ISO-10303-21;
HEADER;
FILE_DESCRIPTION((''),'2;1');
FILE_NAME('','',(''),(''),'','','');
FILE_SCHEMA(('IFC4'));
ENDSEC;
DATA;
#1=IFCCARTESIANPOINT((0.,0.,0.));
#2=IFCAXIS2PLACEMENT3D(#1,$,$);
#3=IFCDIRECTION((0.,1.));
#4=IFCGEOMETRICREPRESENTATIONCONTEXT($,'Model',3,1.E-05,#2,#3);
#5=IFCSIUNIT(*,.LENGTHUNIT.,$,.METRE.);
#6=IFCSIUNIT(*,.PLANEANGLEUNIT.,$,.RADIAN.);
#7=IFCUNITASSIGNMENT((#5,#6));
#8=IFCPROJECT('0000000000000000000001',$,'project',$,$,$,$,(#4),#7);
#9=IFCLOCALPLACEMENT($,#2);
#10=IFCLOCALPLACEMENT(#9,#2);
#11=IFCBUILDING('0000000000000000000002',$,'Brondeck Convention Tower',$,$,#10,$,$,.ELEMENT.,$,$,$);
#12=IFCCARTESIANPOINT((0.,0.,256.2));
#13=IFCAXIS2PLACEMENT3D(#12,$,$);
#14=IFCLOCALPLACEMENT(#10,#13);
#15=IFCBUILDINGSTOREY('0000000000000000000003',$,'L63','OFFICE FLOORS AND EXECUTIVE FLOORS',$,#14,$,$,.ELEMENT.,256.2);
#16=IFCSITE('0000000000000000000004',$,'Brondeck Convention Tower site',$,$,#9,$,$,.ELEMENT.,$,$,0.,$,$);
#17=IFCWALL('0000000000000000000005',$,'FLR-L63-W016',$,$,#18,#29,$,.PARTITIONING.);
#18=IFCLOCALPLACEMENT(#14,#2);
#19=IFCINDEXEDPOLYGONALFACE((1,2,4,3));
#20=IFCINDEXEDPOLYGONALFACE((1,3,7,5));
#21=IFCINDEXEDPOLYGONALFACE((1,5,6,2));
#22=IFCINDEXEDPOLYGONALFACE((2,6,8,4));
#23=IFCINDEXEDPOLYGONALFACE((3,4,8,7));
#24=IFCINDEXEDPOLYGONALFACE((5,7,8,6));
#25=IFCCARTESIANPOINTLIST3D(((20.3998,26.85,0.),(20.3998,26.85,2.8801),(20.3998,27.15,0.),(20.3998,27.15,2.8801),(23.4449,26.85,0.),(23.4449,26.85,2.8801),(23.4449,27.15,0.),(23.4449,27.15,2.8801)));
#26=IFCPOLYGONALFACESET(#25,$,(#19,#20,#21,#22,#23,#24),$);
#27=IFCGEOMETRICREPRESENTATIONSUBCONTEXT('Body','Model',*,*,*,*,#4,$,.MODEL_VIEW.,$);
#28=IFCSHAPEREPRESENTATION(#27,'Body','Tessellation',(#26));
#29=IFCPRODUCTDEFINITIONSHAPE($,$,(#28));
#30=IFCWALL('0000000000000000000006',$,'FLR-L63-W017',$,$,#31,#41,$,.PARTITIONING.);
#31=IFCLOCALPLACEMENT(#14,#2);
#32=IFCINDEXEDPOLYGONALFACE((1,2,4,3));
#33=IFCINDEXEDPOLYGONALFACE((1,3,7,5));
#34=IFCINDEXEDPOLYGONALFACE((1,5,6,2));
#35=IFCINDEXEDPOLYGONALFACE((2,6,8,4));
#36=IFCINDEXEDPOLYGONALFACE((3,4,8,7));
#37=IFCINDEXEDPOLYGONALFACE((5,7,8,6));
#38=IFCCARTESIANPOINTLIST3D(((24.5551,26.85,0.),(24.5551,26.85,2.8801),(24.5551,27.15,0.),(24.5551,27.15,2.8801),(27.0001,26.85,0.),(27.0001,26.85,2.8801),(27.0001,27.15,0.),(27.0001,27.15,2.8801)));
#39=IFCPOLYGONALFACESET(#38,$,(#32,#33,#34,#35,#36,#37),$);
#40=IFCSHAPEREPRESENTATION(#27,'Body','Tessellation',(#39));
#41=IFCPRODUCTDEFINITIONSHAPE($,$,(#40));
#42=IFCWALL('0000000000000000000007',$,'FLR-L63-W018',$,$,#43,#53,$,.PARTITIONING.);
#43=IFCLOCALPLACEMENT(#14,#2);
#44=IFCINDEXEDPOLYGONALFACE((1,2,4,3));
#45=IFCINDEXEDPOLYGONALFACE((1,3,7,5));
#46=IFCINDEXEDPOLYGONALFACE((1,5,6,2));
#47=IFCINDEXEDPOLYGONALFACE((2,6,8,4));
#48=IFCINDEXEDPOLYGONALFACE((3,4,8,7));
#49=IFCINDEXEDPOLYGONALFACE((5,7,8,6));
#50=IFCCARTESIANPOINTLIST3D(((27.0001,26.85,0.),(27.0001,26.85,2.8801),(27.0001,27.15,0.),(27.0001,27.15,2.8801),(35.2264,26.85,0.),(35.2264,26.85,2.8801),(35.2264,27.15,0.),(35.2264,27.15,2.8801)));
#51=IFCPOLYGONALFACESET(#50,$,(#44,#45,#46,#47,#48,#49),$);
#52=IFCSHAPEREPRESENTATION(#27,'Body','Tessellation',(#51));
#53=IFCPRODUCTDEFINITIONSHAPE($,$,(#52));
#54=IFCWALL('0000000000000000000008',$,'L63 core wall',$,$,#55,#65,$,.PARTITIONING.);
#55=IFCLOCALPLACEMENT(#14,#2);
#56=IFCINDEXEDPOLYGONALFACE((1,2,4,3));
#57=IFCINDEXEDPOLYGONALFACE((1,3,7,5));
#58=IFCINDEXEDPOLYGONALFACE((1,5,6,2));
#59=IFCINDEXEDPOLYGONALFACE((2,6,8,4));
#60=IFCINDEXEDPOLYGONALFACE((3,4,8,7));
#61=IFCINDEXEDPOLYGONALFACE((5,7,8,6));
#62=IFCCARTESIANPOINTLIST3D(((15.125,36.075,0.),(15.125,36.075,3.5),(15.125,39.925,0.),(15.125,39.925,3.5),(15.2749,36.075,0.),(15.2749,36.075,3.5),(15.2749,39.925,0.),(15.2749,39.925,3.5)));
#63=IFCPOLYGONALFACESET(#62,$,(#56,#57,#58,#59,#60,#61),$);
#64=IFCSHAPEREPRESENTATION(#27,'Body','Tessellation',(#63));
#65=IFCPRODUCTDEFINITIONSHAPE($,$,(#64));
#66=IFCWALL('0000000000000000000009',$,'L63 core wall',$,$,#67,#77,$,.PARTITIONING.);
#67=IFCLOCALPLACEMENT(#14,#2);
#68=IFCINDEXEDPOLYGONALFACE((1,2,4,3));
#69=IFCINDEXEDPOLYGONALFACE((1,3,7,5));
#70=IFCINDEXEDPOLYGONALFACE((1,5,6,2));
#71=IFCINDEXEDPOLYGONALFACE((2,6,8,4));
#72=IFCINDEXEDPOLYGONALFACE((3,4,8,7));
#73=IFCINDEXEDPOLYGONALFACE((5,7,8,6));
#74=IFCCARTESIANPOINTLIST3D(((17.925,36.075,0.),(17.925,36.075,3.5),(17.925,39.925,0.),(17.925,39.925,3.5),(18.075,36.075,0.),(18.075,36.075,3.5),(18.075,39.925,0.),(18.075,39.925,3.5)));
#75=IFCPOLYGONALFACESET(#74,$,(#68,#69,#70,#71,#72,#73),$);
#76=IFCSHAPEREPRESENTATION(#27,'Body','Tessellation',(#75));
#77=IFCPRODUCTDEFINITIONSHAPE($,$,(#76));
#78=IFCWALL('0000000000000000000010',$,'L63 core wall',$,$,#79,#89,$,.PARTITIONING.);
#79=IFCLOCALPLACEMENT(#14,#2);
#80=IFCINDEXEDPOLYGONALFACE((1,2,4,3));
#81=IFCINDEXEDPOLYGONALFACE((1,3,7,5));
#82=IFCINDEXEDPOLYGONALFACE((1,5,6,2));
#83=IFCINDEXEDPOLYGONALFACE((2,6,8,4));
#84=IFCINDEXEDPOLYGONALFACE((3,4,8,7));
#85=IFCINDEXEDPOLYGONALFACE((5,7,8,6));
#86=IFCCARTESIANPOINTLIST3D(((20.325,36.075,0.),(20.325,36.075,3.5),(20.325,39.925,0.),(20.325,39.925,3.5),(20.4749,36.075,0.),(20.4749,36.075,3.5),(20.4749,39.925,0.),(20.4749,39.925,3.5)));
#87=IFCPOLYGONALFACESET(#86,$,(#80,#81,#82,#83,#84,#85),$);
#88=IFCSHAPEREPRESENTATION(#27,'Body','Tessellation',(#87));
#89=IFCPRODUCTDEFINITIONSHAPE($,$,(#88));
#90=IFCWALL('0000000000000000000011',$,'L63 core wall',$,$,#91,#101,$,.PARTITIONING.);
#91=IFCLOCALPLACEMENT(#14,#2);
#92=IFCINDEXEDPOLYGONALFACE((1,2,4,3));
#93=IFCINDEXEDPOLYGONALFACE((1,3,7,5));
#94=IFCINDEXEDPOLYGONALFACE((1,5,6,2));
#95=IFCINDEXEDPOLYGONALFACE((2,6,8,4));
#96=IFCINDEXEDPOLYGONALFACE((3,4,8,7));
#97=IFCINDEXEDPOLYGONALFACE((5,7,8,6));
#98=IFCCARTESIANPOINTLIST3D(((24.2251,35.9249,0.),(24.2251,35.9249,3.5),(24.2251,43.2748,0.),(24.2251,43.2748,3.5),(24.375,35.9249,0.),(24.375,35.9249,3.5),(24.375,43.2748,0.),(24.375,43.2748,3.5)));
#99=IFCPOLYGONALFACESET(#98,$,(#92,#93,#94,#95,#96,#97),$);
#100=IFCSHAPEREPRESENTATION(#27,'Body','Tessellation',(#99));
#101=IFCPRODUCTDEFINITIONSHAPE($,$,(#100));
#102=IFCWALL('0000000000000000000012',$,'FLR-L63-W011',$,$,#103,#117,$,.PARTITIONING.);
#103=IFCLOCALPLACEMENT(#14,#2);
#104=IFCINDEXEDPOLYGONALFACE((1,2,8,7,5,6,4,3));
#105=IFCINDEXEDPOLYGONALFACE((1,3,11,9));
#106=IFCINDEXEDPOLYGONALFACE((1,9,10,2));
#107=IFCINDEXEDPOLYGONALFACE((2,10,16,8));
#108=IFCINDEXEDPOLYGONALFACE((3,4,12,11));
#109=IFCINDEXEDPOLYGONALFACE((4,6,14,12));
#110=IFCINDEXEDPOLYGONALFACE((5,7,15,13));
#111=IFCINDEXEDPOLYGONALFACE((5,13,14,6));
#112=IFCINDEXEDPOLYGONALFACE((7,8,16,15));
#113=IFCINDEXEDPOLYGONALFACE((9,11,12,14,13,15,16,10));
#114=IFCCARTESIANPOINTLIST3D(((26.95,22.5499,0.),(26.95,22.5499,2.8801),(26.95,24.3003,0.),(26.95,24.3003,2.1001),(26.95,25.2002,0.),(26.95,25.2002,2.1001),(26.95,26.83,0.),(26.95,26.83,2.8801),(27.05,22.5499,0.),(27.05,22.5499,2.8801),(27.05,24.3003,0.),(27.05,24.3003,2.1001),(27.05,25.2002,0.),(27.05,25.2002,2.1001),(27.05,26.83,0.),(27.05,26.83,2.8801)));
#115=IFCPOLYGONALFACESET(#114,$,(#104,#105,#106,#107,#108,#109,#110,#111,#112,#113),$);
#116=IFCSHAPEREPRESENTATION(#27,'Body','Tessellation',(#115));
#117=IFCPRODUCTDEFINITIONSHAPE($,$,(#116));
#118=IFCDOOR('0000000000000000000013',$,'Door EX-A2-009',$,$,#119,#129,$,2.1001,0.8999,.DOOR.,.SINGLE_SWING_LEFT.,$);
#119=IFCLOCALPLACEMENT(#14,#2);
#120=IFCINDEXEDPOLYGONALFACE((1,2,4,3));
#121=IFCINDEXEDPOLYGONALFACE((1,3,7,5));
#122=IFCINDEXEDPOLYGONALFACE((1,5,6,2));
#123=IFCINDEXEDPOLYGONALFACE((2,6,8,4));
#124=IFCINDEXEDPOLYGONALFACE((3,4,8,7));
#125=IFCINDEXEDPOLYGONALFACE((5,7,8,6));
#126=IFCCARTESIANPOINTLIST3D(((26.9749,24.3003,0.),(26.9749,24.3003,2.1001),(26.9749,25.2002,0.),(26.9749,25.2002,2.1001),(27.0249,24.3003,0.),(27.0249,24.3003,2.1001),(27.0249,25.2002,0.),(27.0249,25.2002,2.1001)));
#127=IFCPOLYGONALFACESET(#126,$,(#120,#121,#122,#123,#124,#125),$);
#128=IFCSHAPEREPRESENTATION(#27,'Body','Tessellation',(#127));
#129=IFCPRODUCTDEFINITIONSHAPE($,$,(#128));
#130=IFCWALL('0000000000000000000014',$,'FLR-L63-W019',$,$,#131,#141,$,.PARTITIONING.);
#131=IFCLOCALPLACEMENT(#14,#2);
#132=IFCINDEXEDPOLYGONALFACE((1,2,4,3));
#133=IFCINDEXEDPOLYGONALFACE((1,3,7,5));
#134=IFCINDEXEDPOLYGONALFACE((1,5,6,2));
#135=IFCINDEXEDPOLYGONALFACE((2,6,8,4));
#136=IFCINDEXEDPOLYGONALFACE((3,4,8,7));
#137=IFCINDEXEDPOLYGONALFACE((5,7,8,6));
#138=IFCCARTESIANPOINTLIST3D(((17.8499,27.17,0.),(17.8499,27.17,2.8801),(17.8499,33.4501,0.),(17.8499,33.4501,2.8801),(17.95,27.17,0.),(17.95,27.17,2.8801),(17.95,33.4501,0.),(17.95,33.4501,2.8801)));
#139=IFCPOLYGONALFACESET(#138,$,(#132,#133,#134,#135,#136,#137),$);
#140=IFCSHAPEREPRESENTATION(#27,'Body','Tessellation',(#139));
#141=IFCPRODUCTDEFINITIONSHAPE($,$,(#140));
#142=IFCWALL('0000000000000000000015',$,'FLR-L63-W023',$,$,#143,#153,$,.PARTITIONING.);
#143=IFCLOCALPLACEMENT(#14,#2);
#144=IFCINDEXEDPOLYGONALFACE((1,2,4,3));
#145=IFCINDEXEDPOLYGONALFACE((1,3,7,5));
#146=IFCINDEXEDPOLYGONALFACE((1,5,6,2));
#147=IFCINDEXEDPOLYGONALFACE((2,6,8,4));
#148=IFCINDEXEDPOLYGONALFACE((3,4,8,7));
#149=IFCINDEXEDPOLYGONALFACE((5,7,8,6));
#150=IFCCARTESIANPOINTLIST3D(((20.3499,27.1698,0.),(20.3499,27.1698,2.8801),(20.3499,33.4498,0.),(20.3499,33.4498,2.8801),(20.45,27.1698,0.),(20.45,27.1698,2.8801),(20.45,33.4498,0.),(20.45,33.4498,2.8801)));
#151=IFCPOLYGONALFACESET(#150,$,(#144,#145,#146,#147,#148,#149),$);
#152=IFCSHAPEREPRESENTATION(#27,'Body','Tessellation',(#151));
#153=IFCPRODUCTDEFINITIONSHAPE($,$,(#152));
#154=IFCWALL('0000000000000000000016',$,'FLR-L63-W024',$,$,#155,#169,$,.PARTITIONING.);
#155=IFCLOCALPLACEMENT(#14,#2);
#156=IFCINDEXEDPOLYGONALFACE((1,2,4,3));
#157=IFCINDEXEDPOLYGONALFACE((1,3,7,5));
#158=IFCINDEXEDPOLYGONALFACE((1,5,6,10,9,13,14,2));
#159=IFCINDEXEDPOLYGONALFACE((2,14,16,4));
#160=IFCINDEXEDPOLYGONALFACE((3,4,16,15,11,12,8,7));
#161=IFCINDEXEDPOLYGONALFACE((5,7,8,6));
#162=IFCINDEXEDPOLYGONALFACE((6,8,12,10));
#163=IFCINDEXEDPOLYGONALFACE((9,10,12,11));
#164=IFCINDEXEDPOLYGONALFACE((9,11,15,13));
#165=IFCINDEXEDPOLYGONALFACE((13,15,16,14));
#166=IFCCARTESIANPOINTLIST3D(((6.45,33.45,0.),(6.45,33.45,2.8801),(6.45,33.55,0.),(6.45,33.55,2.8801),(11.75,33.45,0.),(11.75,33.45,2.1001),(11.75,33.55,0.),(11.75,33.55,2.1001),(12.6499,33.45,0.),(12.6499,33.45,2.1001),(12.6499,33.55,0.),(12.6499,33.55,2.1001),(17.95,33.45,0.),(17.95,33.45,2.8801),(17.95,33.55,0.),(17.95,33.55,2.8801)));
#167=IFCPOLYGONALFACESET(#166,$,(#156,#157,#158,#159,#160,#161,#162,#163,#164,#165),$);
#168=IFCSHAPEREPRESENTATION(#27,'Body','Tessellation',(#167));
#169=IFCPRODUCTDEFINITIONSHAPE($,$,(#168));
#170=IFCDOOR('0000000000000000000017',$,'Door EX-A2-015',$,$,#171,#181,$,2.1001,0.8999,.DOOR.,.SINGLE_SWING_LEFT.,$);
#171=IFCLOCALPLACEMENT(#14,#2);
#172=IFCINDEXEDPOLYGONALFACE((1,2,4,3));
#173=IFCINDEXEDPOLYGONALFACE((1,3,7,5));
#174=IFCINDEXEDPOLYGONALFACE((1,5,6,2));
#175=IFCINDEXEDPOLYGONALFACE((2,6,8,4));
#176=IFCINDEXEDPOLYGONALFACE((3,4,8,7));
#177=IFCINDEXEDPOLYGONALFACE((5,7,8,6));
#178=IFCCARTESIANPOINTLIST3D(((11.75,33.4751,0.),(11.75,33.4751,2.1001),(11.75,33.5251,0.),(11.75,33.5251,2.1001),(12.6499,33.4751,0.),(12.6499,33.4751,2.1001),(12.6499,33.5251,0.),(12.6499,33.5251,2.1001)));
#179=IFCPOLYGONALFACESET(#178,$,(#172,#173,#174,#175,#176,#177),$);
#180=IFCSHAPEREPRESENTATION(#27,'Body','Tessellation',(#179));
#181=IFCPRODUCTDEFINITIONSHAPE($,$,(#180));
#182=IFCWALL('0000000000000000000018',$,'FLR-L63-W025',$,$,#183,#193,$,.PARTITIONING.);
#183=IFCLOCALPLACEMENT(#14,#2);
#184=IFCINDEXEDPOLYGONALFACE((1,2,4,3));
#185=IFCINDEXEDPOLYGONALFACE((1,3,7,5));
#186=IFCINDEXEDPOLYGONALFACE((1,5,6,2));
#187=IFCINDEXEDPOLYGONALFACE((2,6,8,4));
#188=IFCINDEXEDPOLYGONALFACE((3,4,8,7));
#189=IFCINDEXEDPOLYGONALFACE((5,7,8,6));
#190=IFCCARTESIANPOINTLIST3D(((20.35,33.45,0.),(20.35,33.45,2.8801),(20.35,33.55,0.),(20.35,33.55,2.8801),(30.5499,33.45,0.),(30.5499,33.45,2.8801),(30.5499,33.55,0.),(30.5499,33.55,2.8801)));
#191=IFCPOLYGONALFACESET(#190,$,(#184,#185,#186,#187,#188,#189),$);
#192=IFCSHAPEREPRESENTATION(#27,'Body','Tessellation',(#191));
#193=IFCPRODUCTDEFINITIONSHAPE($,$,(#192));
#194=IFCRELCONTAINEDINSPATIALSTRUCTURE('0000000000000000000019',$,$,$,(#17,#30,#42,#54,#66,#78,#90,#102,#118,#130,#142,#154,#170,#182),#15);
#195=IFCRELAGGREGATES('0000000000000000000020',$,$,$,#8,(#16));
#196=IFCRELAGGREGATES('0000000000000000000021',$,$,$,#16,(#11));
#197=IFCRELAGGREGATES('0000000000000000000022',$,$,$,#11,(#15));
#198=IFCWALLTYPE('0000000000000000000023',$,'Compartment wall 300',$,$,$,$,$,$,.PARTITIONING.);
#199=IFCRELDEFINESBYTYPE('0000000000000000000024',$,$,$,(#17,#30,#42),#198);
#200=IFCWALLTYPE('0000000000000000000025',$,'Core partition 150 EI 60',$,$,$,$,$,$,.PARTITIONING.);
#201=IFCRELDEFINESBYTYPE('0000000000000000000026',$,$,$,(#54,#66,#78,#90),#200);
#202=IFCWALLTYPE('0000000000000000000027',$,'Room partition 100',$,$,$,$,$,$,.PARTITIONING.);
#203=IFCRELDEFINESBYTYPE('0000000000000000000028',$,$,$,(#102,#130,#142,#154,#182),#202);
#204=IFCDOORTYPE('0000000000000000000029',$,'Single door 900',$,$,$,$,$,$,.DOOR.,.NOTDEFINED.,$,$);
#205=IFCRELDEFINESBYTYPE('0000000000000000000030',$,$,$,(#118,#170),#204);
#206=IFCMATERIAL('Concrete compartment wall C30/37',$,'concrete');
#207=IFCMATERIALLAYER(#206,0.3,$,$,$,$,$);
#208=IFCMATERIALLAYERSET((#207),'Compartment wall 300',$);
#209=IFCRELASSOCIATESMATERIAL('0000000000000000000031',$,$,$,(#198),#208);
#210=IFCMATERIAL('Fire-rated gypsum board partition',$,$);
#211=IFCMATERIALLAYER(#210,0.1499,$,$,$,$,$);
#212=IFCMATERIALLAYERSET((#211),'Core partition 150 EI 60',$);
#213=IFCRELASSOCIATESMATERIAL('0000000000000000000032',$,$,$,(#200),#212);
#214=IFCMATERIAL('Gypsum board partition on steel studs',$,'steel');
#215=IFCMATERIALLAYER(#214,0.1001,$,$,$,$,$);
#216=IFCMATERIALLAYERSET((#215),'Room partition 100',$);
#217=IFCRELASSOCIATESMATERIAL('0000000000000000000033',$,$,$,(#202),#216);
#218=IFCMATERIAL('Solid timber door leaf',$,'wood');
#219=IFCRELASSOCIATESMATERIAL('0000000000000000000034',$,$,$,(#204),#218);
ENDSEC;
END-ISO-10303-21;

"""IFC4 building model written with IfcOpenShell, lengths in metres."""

from ifc_helpers import new_model, si_unit, direction, frame, frame_2d, origin, place, context, subcontext, project, spatial, rectangle, extrude, material, layer, layer_set, type_object, element, fill, save


model = new_model("IFC4")

# Units and contexts
model_context = context("Model", 3, precision=1e-05, world=origin(), true_north=direction((0.0, 1.0)))
body_context = subcontext(model_context, "Body", "Model", "MODEL_VIEW")
ifc_project = project(units=[si_unit("LENGTHUNIT", "METRE"), si_unit("PLANEANGLEUNIT", "RADIAN")], contexts=[model_context])

# Site, building, storey
site_placement = place(None, origin())
site = spatial("IfcSite", under=ifc_project, at=site_placement, Name="Brondeck Convention Tower site", CompositionType="ELEMENT", RefElevation=0.0)
building_placement = place(site_placement, origin())
building = spatial("IfcBuilding", under=site, at=building_placement, Name="Brondeck Convention Tower", CompositionType="ELEMENT")
storey_placement = place(building_placement, frame((0.0, 0.0, 256.2)))
storey = spatial("IfcBuildingStorey", under=building, at=storey_placement, Name="L63", Description="OFFICE FLOORS AND EXECUTIVE FLOORS", CompositionType="ELEMENT", Elevation=256.2)

# Shared definitions
ifc_material_1 = material(Name="Concrete compartment wall C30/37", Category="concrete")
ifc_layer_1 = layer(ifc_material_1, 0.3)
ifc_layer_set_1 = layer_set([ifc_layer_1], Name="Compartment wall 300")
wall_type_1 = type_object("IfcWallType", Name="Compartment wall 300", PredefinedType="PARTITIONING", material=ifc_layer_set_1)

# Walls
wall_1_placement = place(storey_placement, frame((20.3999, 27.0, 0.0), z_axis=(0.0, 0.0, 1.0), x_axis=(1.0, 0.0, 0.0)))
element("IfcWall", 1, at=wall_1_placement, inside=storey, type_object=wall_type_1, Name="FLR-L63-W016", PredefinedType="PARTITIONING", context=body_context, shape_type="SweptSolid", body=[
    extrude(rectangle(XDim=3.0452, YDim=0.3, at=frame_2d((1.5225, 0.0))), origin(), (0.0, 0.0, 1.0), 2.8801),
])
wall_2_placement = place(storey_placement, frame((24.5549, 27.0, 0.0), z_axis=(0.0, 0.0, 1.0), x_axis=(1.0, 0.0, 0.0)))
element("IfcWall", 2, at=wall_2_placement, inside=storey, type_object=wall_type_1, Name="FLR-L63-W017", PredefinedType="PARTITIONING", context=body_context, shape_type="SweptSolid", body=[
    extrude(rectangle(XDim=2.4451, YDim=0.3, at=frame_2d((1.2227, 0.0))), origin(), (0.0, 0.0, 1.0), 2.8801),
])
wall_3_placement = place(storey_placement, frame((27.0, 27.0, 0.0), z_axis=(0.0, 0.0, 1.0), x_axis=(1.0, 0.0, 0.0)))
element("IfcWall", 3, at=wall_3_placement, inside=storey, type_object=wall_type_1, Name="FLR-L63-W018", PredefinedType="PARTITIONING", context=body_context, shape_type="SweptSolid", body=[
    extrude(rectangle(XDim=8.2263, YDim=0.3, at=frame_2d((4.1133, 0.0))), origin(), (0.0, 0.0, 1.0), 2.8801),
])
ifc_material_2 = material(Name="Fire-rated gypsum board partition")
ifc_layer_2 = layer(ifc_material_2, 0.1499)
ifc_layer_set_2 = layer_set([ifc_layer_2], Name="Core partition 150 EI 60")
wall_type_2 = type_object("IfcWallType", Name="Core partition 150 EI 60", PredefinedType="PARTITIONING", material=ifc_layer_set_2)
for number, where, z_axis, x_axis, name in (
    (4, (15.2, 36.075, 0.0), (0.0, 0.0, 1.0), (0.0, 1.0, 0.0), "L63 core wall"),
    (5, (18.0, 36.075, 0.0), (0.0, 0.0, 1.0), (0.0, 1.0, 0.0), "L63 core wall"),
    (6, (20.3999, 36.075, 0.0), (0.0, 0.0, 1.0), (0.0, 1.0, 0.0), "L63 core wall"),
):
    element("IfcWall", number, at=place(storey_placement, frame(where, z_axis=z_axis, x_axis=x_axis)), inside=storey, type_object=wall_type_2, Name=name, PredefinedType="PARTITIONING", context=body_context, shape_type="SweptSolid", body=[
        extrude(rectangle(XDim=3.8501, YDim=0.1499, at=frame_2d((1.925, 0.0))), origin(), (0.0, 0.0, 1.0), 3.5),
    ])
wall_4_placement = place(storey_placement, frame((24.3, 35.925, 0.0), z_axis=(0.0, 0.0, 1.0), x_axis=(0.0, 1.0, 0.0)))
element("IfcWall", 7, at=wall_4_placement, inside=storey, type_object=wall_type_2, Name="L63 core wall", PredefinedType="PARTITIONING", context=body_context, shape_type="SweptSolid", body=[
    extrude(rectangle(XDim=7.3499, YDim=0.1499, at=frame_2d((3.6748, 0.0))), origin(), (0.0, 0.0, 1.0), 3.5),
])

# Wall, opening, door
ifc_material_3 = material(Name="Gypsum board partition on steel studs", Category="steel")
ifc_layer_3 = layer(ifc_material_3, 0.1001)
ifc_layer_set_3 = layer_set([ifc_layer_3], Name="Room partition 100")
wall_type_3 = type_object("IfcWallType", Name="Room partition 100", PredefinedType="PARTITIONING", material=ifc_layer_set_3)
wall_5_placement = place(storey_placement, frame((27.0, 26.8301, 0.0), z_axis=(0.0, 0.0, 1.0), x_axis=(0.0, -1.0, 0.0)))
wall_5 = element("IfcWall", 8, at=wall_5_placement, inside=storey, type_object=wall_type_3, Name="FLR-L63-W011", PredefinedType="PARTITIONING", context=body_context, shape_type="SweptSolid", body=[
    extrude(rectangle(XDim=4.28, YDim=0.1001, at=frame_2d((2.1401, 0.0))), origin(), (0.0, 0.0, 1.0), 2.8801),
])
opening_1_placement = place(wall_5_placement, frame((1.6299, 0.0, 0.0)))
opening_1 = element("IfcOpeningElement", 9, at=opening_1_placement, cuts=wall_5, PredefinedType="OPENING", context=body_context, shape_type="SweptSolid", body=[
    extrude(rectangle(XDim=0.8999, YDim=2.1001, at=frame_2d((0.45, 1.05))), frame((0.0, 0.0601, 0.0), z_axis=(0.0, -1.0, 0.0), x_axis=(1.0, 0.0, 0.0)), (0.0, 0.0, 1.0), 0.1201),
])
ifc_material_4 = material(Name="Solid timber door leaf", Category="wood")
door_type_1 = type_object("IfcDoorType", Name="Single door 900", OperationType="NOTDEFINED", PredefinedType="DOOR", material=ifc_material_4)
door_1_placement = place(opening_1_placement, origin())
door_1 = element("IfcDoor", 10, at=door_1_placement, inside=storey, type_object=door_type_1, Name="Door EX-A2-009", OperationType="SINGLE_SWING_LEFT", OverallHeight=2.1001, OverallWidth=0.8999, PredefinedType="DOOR", context=body_context, shape_type="SweptSolid", body=[
    extrude(rectangle(XDim=0.8999, YDim=2.1001, at=frame_2d((0.45, 1.05))), frame((0.0, 0.0249, 0.0), z_axis=(0.0, -1.0, 0.0), x_axis=(1.0, 0.0, 0.0)), (0.0, 0.0, 1.0), 0.05),
])
fill(opening_1, door_1)

# Walls
for number, where, z_axis, x_axis, name in (
    (11, (17.8999, 27.1699, 0.0), (0.0, 0.0, 1.0), (0.0, 1.0, 0.0), "FLR-L63-W019"),
    (12, (20.3999, 33.45, 0.0), (0.0, 0.0, 1.0), (0.0, -1.0, 0.0), "FLR-L63-W023"),
):
    element("IfcWall", number, at=place(storey_placement, frame(where, z_axis=z_axis, x_axis=x_axis)), inside=storey, type_object=wall_type_3, Name=name, PredefinedType="PARTITIONING", context=body_context, shape_type="SweptSolid", body=[
        extrude(rectangle(XDim=6.28, YDim=0.1001, at=frame_2d((3.1401, 0.0))), origin(), (0.0, 0.0, 1.0), 2.8801),
    ])

# Wall, opening, door
wall_6_placement = place(storey_placement, frame((17.95, 33.5, 0.0), z_axis=(0.0, 0.0, 1.0), x_axis=(-1.0, 0.0, 0.0)))
wall_6 = element("IfcWall", 13, at=wall_6_placement, inside=storey, type_object=wall_type_3, Name="FLR-L63-W024", PredefinedType="PARTITIONING", context=body_context, shape_type="SweptSolid", body=[
    extrude(rectangle(XDim=11.5, YDim=0.1001, at=frame_2d((5.75, 0.0))), origin(), (0.0, 0.0, 1.0), 2.8801),
])
opening_2_placement = place(wall_6_placement, frame((5.3, 0.0, 0.0)))
opening_2 = element("IfcOpeningElement", 14, at=opening_2_placement, cuts=wall_6, PredefinedType="OPENING", context=body_context, shape_type="SweptSolid", body=[
    extrude(rectangle(XDim=0.8999, YDim=2.1001, at=frame_2d((0.45, 1.05))), frame((0.0, 0.0601, 0.0), z_axis=(0.0, -1.0, 0.0), x_axis=(1.0, 0.0, 0.0)), (0.0, 0.0, 1.0), 0.1201),
])
door_2_placement = place(opening_2_placement, origin())
door_2 = element("IfcDoor", 15, at=door_2_placement, inside=storey, type_object=door_type_1, Name="Door EX-A2-015", OperationType="SINGLE_SWING_LEFT", OverallHeight=2.1001, OverallWidth=0.8999, PredefinedType="DOOR", context=body_context, shape_type="SweptSolid", body=[
    extrude(rectangle(XDim=0.8999, YDim=2.1001, at=frame_2d((0.45, 1.05))), frame((0.0, 0.0249, 0.0), z_axis=(0.0, -1.0, 0.0), x_axis=(1.0, 0.0, 0.0)), (0.0, 0.0, 1.0), 0.05),
])
fill(opening_2, door_2)

# Wall
wall_7_placement = place(storey_placement, frame((30.55, 33.5, 0.0), z_axis=(0.0, 0.0, 1.0), x_axis=(-1.0, 0.0, 0.0)))
element("IfcWall", 16, at=wall_7_placement, inside=storey, type_object=wall_type_3, Name="FLR-L63-W025", PredefinedType="PARTITIONING", context=body_context, shape_type="SweptSolid", body=[
    extrude(rectangle(XDim=10.2, YDim=0.1001, at=frame_2d((5.1001, 0.0))), origin(), (0.0, 0.0, 1.0), 2.8801),
])

save(model, "model.ifc")
